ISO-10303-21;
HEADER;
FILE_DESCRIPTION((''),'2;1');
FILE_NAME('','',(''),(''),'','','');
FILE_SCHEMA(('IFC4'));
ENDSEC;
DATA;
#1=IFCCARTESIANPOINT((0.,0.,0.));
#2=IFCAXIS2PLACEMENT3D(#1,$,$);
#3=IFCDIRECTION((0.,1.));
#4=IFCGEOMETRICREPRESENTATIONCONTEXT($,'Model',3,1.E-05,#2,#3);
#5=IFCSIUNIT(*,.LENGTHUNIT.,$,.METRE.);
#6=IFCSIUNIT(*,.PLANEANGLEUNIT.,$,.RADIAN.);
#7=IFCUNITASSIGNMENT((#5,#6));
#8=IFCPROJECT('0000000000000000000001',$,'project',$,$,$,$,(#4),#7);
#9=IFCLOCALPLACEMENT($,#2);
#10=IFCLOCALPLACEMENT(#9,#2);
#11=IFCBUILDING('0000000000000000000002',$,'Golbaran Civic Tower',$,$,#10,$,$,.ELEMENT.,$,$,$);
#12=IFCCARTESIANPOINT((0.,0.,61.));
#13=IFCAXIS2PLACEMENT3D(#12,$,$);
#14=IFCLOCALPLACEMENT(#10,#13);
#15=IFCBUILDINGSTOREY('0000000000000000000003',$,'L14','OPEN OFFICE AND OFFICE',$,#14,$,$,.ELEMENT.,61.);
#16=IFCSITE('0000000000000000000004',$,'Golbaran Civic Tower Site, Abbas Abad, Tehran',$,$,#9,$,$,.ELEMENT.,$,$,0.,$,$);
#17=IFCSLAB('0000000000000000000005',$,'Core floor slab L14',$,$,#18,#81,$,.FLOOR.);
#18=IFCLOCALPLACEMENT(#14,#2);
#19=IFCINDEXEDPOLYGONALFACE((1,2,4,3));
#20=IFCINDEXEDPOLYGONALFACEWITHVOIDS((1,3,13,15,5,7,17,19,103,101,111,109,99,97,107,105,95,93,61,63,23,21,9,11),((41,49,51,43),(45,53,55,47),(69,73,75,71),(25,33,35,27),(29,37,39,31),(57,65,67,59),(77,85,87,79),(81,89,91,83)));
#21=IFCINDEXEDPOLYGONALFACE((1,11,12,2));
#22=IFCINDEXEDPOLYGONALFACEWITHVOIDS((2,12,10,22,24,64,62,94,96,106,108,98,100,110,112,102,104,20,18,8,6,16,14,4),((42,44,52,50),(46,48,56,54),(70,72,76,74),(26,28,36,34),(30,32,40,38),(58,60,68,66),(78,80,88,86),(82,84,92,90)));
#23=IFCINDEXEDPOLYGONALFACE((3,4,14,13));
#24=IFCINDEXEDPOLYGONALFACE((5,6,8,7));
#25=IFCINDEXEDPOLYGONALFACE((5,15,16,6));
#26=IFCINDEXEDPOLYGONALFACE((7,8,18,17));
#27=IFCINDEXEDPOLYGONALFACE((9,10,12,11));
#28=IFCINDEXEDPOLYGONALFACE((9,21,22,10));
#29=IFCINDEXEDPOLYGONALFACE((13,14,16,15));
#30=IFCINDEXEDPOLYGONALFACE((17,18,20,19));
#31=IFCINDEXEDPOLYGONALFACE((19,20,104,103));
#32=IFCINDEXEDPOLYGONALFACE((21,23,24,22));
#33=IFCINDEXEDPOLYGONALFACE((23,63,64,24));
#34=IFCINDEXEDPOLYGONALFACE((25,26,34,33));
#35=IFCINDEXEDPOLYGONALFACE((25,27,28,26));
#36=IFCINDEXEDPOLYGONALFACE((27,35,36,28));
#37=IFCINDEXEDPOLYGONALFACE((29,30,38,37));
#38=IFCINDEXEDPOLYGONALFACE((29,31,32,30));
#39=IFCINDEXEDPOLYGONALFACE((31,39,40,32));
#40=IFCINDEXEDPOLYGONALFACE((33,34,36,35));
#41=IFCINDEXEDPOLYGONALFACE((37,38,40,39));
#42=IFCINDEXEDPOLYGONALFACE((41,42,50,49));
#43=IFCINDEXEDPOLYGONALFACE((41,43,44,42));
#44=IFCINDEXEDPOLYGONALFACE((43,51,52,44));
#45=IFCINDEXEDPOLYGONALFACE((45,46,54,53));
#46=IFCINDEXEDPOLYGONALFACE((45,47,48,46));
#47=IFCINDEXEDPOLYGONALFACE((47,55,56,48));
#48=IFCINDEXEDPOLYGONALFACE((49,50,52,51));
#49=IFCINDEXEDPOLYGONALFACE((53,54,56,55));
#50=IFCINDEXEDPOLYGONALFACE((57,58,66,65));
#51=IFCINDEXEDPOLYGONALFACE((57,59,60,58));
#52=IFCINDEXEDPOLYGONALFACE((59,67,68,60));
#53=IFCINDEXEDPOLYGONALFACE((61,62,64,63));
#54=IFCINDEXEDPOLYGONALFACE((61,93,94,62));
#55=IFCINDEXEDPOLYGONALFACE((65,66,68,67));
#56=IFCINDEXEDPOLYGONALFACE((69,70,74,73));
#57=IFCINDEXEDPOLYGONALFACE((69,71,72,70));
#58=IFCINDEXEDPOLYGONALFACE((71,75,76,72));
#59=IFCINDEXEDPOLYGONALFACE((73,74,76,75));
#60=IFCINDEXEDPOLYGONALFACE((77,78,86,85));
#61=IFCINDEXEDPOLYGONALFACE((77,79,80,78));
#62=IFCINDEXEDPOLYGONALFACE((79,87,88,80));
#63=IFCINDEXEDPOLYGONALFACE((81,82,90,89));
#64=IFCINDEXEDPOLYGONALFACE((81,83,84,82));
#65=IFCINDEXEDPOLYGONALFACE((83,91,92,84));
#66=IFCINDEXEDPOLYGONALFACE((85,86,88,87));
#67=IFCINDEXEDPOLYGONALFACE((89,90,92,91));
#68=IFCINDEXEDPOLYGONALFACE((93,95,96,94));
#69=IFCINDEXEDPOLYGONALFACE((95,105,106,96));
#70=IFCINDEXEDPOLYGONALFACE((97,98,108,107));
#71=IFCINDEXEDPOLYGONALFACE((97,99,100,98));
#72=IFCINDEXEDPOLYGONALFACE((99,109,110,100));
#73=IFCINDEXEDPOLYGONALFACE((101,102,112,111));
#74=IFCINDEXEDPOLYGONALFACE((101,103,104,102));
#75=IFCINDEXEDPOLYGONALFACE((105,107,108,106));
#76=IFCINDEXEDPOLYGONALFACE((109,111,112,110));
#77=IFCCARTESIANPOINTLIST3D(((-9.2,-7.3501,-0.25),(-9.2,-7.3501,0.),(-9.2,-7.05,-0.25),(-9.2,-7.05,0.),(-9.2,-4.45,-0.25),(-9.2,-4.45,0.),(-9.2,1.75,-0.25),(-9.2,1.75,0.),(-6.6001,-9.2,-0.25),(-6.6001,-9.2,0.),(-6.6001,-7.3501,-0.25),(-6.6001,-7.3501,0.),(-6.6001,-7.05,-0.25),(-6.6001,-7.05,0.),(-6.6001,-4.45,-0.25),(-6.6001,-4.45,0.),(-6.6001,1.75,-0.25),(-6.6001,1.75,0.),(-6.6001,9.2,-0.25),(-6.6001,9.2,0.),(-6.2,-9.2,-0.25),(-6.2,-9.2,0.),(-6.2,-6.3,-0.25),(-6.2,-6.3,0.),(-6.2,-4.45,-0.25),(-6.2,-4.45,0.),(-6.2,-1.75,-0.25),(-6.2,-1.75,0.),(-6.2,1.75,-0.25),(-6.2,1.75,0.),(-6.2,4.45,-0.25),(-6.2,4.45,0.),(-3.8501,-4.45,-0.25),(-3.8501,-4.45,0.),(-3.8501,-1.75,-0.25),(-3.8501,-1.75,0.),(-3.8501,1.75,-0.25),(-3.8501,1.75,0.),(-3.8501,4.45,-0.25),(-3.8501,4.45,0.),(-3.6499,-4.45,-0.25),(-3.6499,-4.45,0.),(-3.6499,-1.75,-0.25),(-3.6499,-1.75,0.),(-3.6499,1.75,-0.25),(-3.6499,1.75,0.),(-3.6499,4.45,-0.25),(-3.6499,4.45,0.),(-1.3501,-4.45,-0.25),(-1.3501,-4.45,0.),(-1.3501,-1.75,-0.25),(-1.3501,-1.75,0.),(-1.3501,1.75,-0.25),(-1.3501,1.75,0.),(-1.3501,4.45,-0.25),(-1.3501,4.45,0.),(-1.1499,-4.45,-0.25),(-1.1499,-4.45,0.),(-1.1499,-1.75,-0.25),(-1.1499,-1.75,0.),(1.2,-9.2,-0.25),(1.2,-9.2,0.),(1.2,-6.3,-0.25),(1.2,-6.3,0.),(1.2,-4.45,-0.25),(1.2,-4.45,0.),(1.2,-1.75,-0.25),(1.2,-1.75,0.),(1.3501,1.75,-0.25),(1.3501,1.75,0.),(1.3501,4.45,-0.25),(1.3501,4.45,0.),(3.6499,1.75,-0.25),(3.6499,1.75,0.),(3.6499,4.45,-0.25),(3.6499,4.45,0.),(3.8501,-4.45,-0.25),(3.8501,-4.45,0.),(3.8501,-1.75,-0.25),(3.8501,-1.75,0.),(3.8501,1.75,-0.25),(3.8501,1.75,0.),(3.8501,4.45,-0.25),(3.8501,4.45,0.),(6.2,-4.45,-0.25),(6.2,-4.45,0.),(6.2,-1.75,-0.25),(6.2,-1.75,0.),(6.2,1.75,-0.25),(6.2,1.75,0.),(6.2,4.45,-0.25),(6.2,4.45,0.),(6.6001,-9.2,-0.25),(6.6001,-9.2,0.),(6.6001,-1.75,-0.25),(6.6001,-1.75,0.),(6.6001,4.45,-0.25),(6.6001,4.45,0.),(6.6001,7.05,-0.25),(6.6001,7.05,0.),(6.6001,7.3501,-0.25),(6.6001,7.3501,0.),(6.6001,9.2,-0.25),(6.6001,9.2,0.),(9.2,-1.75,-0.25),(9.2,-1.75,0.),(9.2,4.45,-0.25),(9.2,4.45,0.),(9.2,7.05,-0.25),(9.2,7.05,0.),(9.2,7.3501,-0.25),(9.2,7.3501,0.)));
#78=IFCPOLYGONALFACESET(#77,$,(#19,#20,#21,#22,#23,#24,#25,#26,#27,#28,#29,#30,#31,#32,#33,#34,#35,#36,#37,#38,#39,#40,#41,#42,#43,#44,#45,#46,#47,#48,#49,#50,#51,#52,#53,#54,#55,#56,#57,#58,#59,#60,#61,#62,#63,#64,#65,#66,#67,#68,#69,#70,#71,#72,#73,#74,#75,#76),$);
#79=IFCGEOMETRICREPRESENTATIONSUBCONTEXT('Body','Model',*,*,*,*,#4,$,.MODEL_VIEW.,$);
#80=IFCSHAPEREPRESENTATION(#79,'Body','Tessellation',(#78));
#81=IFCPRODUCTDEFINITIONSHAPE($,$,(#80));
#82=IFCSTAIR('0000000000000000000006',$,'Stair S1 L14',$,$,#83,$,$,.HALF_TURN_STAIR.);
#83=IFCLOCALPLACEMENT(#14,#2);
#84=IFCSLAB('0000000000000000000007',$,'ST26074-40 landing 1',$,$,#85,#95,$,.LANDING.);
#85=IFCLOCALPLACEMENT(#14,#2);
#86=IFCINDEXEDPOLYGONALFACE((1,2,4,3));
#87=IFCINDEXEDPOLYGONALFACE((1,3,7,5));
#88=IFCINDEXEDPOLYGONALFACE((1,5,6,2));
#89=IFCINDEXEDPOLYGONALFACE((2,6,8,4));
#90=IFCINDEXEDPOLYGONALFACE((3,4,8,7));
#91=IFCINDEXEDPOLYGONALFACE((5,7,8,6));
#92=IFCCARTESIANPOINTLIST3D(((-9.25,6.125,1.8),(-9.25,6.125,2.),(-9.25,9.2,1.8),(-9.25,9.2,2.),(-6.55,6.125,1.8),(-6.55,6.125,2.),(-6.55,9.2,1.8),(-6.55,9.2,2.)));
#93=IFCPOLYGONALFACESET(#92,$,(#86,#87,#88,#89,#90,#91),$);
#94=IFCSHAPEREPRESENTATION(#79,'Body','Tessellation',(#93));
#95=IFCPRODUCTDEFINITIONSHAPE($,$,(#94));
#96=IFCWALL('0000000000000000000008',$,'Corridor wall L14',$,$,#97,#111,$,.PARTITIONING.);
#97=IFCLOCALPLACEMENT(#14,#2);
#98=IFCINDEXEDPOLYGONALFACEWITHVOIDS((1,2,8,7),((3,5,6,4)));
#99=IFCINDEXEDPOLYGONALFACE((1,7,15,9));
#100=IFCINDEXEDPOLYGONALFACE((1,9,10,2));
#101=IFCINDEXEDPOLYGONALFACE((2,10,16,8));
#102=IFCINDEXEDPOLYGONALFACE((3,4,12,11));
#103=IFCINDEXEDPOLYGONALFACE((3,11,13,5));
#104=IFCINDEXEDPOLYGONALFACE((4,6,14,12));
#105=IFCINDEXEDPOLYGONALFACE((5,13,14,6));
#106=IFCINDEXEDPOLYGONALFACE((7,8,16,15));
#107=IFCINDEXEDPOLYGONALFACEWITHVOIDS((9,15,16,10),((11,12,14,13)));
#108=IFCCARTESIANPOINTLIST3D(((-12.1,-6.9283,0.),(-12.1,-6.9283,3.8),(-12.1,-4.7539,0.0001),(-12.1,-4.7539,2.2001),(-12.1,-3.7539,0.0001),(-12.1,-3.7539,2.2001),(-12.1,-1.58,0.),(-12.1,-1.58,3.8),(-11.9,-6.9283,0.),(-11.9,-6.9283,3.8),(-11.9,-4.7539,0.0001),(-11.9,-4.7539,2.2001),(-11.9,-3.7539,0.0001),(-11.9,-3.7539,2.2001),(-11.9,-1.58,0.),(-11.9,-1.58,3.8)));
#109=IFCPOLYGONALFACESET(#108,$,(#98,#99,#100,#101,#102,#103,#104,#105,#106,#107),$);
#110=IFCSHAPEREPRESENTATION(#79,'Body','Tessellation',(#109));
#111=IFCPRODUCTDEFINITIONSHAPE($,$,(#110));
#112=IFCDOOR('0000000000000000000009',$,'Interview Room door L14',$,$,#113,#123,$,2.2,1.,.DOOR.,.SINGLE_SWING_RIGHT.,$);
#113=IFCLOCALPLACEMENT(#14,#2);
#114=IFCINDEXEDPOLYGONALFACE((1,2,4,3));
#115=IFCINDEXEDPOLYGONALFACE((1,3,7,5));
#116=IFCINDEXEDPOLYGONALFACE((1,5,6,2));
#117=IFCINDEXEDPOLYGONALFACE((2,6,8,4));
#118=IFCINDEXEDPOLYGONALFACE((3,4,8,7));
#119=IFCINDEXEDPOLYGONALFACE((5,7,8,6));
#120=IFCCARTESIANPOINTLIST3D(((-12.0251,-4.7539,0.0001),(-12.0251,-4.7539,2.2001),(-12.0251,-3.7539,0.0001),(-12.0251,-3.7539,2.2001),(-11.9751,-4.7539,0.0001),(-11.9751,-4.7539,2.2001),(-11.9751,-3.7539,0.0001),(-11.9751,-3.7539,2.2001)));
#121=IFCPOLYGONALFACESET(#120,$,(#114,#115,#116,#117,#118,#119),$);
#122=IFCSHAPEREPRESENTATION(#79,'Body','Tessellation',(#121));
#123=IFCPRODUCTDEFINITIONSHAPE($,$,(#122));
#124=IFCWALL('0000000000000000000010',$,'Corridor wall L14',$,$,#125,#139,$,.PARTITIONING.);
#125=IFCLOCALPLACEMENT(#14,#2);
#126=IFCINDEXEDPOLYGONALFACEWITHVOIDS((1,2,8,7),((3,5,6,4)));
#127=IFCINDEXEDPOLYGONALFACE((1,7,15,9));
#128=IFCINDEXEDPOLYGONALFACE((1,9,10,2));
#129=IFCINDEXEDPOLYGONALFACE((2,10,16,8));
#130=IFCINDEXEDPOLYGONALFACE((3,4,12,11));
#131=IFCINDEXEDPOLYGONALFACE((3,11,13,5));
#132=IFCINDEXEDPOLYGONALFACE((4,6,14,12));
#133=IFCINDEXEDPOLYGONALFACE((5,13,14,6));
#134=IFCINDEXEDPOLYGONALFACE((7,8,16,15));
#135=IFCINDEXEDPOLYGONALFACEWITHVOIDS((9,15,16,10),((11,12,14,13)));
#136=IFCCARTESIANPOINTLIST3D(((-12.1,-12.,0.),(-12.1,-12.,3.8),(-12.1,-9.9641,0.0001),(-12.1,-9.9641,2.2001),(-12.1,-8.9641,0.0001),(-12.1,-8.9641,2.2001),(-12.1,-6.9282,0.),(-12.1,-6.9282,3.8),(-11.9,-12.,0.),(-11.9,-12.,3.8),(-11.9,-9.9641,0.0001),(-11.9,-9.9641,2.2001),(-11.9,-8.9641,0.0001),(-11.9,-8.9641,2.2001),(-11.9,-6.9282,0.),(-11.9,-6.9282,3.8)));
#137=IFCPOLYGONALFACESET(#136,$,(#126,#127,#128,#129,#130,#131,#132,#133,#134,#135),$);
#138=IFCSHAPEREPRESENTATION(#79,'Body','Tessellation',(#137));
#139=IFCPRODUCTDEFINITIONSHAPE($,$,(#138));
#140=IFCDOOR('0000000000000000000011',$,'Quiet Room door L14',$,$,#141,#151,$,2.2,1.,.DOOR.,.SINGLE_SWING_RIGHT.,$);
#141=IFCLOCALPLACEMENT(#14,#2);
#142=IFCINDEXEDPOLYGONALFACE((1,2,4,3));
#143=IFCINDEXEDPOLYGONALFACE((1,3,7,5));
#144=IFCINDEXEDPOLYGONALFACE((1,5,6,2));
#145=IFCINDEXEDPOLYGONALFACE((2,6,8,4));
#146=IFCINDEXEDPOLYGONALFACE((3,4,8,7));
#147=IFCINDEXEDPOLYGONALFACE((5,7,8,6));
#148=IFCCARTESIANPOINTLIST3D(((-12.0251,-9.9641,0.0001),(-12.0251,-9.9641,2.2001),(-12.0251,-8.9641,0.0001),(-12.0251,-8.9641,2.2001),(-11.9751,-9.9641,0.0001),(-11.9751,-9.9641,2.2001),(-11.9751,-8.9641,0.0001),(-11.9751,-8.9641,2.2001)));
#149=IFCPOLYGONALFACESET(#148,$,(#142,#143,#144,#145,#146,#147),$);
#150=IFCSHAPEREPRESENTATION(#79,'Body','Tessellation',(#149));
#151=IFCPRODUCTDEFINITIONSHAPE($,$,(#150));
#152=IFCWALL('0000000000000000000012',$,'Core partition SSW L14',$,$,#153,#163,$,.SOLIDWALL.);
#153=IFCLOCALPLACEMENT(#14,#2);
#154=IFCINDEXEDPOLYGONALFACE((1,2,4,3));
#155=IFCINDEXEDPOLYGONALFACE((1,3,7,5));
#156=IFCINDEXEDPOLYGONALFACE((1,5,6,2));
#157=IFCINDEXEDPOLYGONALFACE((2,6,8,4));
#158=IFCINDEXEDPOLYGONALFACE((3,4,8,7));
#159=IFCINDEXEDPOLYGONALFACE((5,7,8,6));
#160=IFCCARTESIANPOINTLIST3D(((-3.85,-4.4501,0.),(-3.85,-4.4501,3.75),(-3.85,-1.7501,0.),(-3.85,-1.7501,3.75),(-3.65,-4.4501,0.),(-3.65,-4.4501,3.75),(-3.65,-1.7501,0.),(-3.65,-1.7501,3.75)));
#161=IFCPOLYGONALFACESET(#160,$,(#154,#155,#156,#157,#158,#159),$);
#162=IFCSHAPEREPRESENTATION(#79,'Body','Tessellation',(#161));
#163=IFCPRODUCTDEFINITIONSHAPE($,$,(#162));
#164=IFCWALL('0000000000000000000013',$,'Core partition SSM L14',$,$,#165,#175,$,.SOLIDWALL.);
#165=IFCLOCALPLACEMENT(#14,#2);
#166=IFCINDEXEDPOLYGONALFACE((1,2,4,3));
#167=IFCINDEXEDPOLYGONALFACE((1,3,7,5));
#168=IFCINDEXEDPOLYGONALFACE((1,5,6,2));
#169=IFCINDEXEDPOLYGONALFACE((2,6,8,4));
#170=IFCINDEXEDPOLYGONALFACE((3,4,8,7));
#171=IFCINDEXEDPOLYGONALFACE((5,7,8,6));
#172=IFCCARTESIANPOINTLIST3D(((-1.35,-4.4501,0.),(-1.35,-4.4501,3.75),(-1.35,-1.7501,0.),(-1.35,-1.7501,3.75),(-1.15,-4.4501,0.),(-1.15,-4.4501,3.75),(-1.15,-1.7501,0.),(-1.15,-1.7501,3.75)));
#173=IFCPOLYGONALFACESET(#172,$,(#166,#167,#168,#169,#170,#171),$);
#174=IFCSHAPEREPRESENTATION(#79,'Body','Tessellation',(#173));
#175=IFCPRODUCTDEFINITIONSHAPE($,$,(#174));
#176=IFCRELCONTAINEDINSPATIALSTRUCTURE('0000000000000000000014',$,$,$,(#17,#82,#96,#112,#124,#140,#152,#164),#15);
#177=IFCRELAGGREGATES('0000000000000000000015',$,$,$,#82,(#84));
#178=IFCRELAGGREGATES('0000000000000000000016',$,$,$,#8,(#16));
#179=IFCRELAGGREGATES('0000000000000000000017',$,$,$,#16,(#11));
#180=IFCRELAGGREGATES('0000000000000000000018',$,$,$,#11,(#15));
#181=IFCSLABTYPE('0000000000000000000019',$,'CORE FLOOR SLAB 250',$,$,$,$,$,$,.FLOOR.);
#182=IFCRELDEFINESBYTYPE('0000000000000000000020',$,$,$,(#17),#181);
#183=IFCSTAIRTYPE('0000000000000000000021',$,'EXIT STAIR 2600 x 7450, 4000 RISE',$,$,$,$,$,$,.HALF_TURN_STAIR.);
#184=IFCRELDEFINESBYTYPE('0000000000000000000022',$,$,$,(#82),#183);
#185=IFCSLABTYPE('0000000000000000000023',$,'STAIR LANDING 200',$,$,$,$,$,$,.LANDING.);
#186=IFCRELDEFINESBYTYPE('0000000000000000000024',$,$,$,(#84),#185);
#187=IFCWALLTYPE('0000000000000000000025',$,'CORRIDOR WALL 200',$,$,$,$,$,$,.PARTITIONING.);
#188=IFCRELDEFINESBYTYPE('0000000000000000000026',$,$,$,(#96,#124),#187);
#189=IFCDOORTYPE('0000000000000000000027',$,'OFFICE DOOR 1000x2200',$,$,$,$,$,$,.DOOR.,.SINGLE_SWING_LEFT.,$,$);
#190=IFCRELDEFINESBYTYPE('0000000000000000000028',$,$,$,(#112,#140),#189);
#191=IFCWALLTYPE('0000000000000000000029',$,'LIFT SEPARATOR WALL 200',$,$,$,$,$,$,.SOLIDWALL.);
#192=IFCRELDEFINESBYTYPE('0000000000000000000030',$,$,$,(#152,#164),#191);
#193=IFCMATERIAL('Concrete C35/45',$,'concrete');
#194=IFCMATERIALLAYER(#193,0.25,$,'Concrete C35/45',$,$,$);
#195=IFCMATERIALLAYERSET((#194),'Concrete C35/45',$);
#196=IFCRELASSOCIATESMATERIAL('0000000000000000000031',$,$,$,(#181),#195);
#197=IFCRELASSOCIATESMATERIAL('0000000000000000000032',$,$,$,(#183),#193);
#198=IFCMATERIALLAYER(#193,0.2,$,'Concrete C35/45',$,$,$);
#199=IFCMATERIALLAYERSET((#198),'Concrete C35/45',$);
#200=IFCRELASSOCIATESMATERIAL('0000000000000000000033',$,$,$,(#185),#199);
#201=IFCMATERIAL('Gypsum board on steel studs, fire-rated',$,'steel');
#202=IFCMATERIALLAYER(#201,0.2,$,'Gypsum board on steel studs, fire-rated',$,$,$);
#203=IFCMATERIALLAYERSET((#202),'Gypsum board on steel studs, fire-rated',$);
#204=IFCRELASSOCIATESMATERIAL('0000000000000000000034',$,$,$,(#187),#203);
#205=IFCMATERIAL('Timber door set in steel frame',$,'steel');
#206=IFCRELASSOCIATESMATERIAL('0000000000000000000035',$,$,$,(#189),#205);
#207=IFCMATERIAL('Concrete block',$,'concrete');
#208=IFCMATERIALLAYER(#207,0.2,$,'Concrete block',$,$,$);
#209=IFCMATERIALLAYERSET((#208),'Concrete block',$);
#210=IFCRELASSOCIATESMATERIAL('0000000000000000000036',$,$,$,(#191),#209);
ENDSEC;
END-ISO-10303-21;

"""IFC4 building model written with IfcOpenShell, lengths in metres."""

from ifc_helpers import new_model, si_unit, direction, frame, frame_2d, origin, place, context, subcontext, project, spatial, polyline, rectangle, outline, extrude, material, layer, layer_set, type_object, element, fill, aggregate, save


model = new_model("IFC4")

# Units and contexts
model_context = context("Model", 3, precision=1e-05, world=origin(), true_north=direction((0.0, 1.0)))
body_context = subcontext(model_context, "Body", "Model", "MODEL_VIEW")
ifc_project = project(units=[si_unit("LENGTHUNIT", "METRE"), si_unit("PLANEANGLEUNIT", "RADIAN")], contexts=[model_context])

# Site, building, storey
site_placement = place(None, origin())
site = spatial("IfcSite", under=ifc_project, at=site_placement, Name="Golbaran Civic Tower Site, Abbas Abad, Tehran", CompositionType="ELEMENT", RefElevation=0.0)
building_placement = place(site_placement, origin())
building = spatial("IfcBuilding", under=site, at=building_placement, Name="Golbaran Civic Tower", CompositionType="ELEMENT")
storey_placement = place(building_placement, frame((0.0, 0.0, 61.0)))
storey = spatial("IfcBuildingStorey", under=building, at=storey_placement, Name="L14", Description="OPEN OFFICE AND OFFICE", CompositionType="ELEMENT", Elevation=61.0)

# Slab
ifc_material_1 = material(Name="Concrete C35/45", Category="concrete")
ifc_layer_1 = layer(ifc_material_1, 0.25, Name="Concrete C35/45")
ifc_layer_set_1 = layer_set([ifc_layer_1], Name="Concrete C35/45")
slab_type_1 = type_object("IfcSlabType", Name="CORE FLOOR SLAB 250", PredefinedType="FLOOR", material=ifc_layer_set_1)
slab_1_placement = place(storey_placement, frame((0.0, 0.0, -0.25)))
element("IfcSlab", 1, at=slab_1_placement, inside=storey, type_object=slab_type_1, Name="Core floor slab L14", PredefinedType="FLOOR", context=body_context, shape_type="SweptSolid", body=[
    extrude(outline(polyline([(6.6001, -1.75), (6.6001, -9.2), (1.2, -9.2), (1.2, -6.3), (-6.2, -6.3), (-6.2, -9.2), (-6.6001, -9.2), (-6.6001, -7.3501), (-9.2, -7.3501), (-9.2, -7.05), (-6.6001, -7.05), (-6.6001, -4.45), (-9.2, -4.45), (-9.2, 1.75), (-6.6001, 1.75), (-6.6001, 9.2), (6.6001, 9.2), (6.6001, 7.3501), (9.2, 7.3501), (9.2, 7.05), (6.6001, 7.05), (6.6001, 4.45), (9.2, 4.45), (9.2, -1.75), (6.6001, -1.75)]), holes=[polyline([(6.2, -1.75), (3.8501, -1.75), (3.8501, -4.45), (6.2, -4.45), (6.2, -1.75)]), polyline([(6.2, 4.45), (3.8501, 4.45), (3.8501, 1.75), (6.2, 1.75), (6.2, 4.45)]), polyline([(3.6499, 4.45), (1.3501, 4.45), (1.3501, 1.75), (3.6499, 1.75), (3.6499, 4.45)]), polyline([(1.2, -1.75), (-1.1499, -1.75), (-1.1499, -4.45), (1.2, -4.45), (1.2, -1.75)]), polyline([(-1.3501, 4.45), (-3.6499, 4.45), (-3.6499, 1.75), (-1.3501, 1.75), (-1.3501, 4.45)]), polyline([(-1.3501, -1.75), (-3.6499, -1.75), (-3.6499, -4.45), (-1.3501, -4.45), (-1.3501, -1.75)]), polyline([(-3.8501, -1.75), (-6.2, -1.75), (-6.2, -4.45), (-3.8501, -4.45), (-3.8501, -1.75)]), polyline([(-3.8501, 4.45), (-6.2, 4.45), (-6.2, 1.75), (-3.8501, 1.75), (-3.8501, 4.45)])]), origin(), (0.0, 0.0, 1.0), 0.25),
])

# Stair, slab
stair_type_1 = type_object("IfcStairType", Name="EXIT STAIR 2600 x 7450, 4000 RISE", PredefinedType="HALF_TURN_STAIR", material=ifc_material_1)
stair_1_placement = place(storey_placement, origin())
stair_1 = element("IfcStair", 2, at=stair_1_placement, inside=storey, type_object=stair_type_1, Name="Stair S1 L14", PredefinedType="HALF_TURN_STAIR")
ifc_layer_2 = layer(ifc_material_1, 0.2, Name="Concrete C35/45")
ifc_layer_set_2 = layer_set([ifc_layer_2], Name="Concrete C35/45")
slab_type_2 = type_object("IfcSlabType", Name="STAIR LANDING 200", PredefinedType="LANDING", material=ifc_layer_set_2)
slab_2_placement = place(storey_placement, frame((0.0, 0.0, 1.8)))
slab_2 = element("IfcSlab", 3, at=slab_2_placement, type_object=slab_type_2, Name="ST26074-40 landing 1", PredefinedType="LANDING", context=body_context, shape_type="SweptSolid", body=[
    extrude(outline(polyline([(-9.25, 6.125), (-9.25, 9.2), (-6.55, 9.2), (-6.55, 6.125), (-9.25, 6.125)])), origin(), (0.0, 0.0, 1.0), 0.2),
])
aggregate(stair_1, [slab_2])

# Walls, openings, doors
ifc_material_2 = material(Name="Gypsum board on steel studs, fire-rated", Category="steel")
ifc_layer_3 = layer(ifc_material_2, 0.2, Name="Gypsum board on steel studs, fire-rated")
ifc_layer_set_3 = layer_set([ifc_layer_3], Name="Gypsum board on steel studs, fire-rated")
wall_type_1 = type_object("IfcWallType", Name="CORRIDOR WALL 200", PredefinedType="PARTITIONING", material=ifc_layer_set_3)
wall_1_placement = place(storey_placement, frame((-12.0, -1.5798, 0.0), z_axis=(0.0, 0.0, 1.0), x_axis=(0.0, -1.0, 0.0)))
wall_1 = element("IfcWall", 4, at=wall_1_placement, inside=storey, type_object=wall_type_1, Name="Corridor wall L14", PredefinedType="PARTITIONING", context=body_context, shape_type="SweptSolid", body=[
    extrude(rectangle(XDim=5.3484, YDim=0.2, at=frame_2d((2.6743, 0.0))), origin(), (0.0, 0.0, 1.0), 3.8),
])
opening_1_placement = place(wall_1_placement, frame((2.1741, 0.0, 0.0)))
opening_1 = element("IfcOpeningElement", 5, at=opening_1_placement, cuts=wall_1, PredefinedType="OPENING", context=body_context, shape_type="SweptSolid", body=[
    extrude(rectangle(XDim=1.0, YDim=2.2, at=frame_2d((0.5, 1.1001))), frame((0.0, 0.1099, 0.0), z_axis=(0.0, -1.0, 0.0), x_axis=(1.0, 0.0, 0.0)), (0.0, 0.0, 1.0), 0.22),
])
ifc_material_3 = material(Name="Timber door set in steel frame", Category="steel")
door_type_1 = type_object("IfcDoorType", Name="OFFICE DOOR 1000x2200", OperationType="SINGLE_SWING_LEFT", PredefinedType="DOOR", material=ifc_material_3)
door_1_placement = place(opening_1_placement, origin())
door_1 = element("IfcDoor", 6, at=door_1_placement, inside=storey, type_object=door_type_1, Name="Interview Room door L14", OperationType="SINGLE_SWING_RIGHT", OverallHeight=2.2, OverallWidth=1.0, PredefinedType="DOOR", context=body_context, shape_type="SweptSolid", body=[
    extrude(rectangle(XDim=1.0, YDim=2.2, at=frame_2d((0.5, 1.1001))), frame((0.0, 0.0249, 0.0), z_axis=(0.0, -1.0, 0.0), x_axis=(1.0, 0.0, 0.0)), (0.0, 0.0, 1.0), 0.05),
])
fill(opening_1, door_1)
wall_2_placement = place(storey_placement, frame((-12.0, -6.9282, 0.0), z_axis=(0.0, 0.0, 1.0), x_axis=(0.0, -1.0, 0.0)))
wall_2 = element("IfcWall", 7, at=wall_2_placement, inside=storey, type_object=wall_type_1, Name="Corridor wall L14", PredefinedType="PARTITIONING", context=body_context, shape_type="SweptSolid", body=[
    extrude(rectangle(XDim=5.0718, YDim=0.2, at=frame_2d((2.5359, 0.0))), origin(), (0.0, 0.0, 1.0), 3.8),
])
opening_2_placement = place(wall_2_placement, frame((2.0359, 0.0, 0.0)))
opening_2 = element("IfcOpeningElement", 8, at=opening_2_placement, cuts=wall_2, PredefinedType="OPENING", context=body_context, shape_type="SweptSolid", body=[
    extrude(rectangle(XDim=1.0, YDim=2.2, at=frame_2d((0.5, 1.1001))), frame((0.0, 0.1099, 0.0), z_axis=(0.0, -1.0, 0.0), x_axis=(1.0, 0.0, 0.0)), (0.0, 0.0, 1.0), 0.22),
])
door_2_placement = place(opening_2_placement, origin())
door_2 = element("IfcDoor", 9, at=door_2_placement, inside=storey, type_object=door_type_1, Name="Quiet Room door L14", OperationType="SINGLE_SWING_RIGHT", OverallHeight=2.2, OverallWidth=1.0, PredefinedType="DOOR", context=body_context, shape_type="SweptSolid", body=[
    extrude(rectangle(XDim=1.0, YDim=2.2, at=frame_2d((0.5, 1.1001))), frame((0.0, 0.0249, 0.0), z_axis=(0.0, -1.0, 0.0), x_axis=(1.0, 0.0, 0.0)), (0.0, 0.0, 1.0), 0.05),
])
fill(opening_2, door_2)

# Walls
ifc_material_4 = material(Name="Concrete block", Category="concrete")
ifc_layer_4 = layer(ifc_material_4, 0.2, Name="Concrete block")
ifc_layer_set_4 = layer_set([ifc_layer_4], Name="Concrete block")
wall_type_2 = type_object("IfcWallType", Name="LIFT SEPARATOR WALL 200", PredefinedType="SOLIDWALL", material=ifc_layer_set_4)
for number, where, z_axis, x_axis, name in (
    (10, (-3.75, -1.75, 0.0), (0.0, 0.0, 1.0), (0.0, -1.0, 0.0), "Core partition SSW L14"),
    (11, (-1.25, -1.75, 0.0), (0.0, 0.0, 1.0), (0.0, -1.0, 0.0), "Core partition SSM L14"),
):
    element("IfcWall", number, at=place(storey_placement, frame(where, z_axis=z_axis, x_axis=x_axis)), inside=storey, type_object=wall_type_2, Name=name, PredefinedType="SOLIDWALL", context=body_context, shape_type="SweptSolid", body=[
        extrude(rectangle(XDim=2.7, YDim=0.2, at=frame_2d((1.3501, 0.0))), origin(), (0.0, 0.0, 1.0), 3.75),
    ])

save(model, "model.ifc")
